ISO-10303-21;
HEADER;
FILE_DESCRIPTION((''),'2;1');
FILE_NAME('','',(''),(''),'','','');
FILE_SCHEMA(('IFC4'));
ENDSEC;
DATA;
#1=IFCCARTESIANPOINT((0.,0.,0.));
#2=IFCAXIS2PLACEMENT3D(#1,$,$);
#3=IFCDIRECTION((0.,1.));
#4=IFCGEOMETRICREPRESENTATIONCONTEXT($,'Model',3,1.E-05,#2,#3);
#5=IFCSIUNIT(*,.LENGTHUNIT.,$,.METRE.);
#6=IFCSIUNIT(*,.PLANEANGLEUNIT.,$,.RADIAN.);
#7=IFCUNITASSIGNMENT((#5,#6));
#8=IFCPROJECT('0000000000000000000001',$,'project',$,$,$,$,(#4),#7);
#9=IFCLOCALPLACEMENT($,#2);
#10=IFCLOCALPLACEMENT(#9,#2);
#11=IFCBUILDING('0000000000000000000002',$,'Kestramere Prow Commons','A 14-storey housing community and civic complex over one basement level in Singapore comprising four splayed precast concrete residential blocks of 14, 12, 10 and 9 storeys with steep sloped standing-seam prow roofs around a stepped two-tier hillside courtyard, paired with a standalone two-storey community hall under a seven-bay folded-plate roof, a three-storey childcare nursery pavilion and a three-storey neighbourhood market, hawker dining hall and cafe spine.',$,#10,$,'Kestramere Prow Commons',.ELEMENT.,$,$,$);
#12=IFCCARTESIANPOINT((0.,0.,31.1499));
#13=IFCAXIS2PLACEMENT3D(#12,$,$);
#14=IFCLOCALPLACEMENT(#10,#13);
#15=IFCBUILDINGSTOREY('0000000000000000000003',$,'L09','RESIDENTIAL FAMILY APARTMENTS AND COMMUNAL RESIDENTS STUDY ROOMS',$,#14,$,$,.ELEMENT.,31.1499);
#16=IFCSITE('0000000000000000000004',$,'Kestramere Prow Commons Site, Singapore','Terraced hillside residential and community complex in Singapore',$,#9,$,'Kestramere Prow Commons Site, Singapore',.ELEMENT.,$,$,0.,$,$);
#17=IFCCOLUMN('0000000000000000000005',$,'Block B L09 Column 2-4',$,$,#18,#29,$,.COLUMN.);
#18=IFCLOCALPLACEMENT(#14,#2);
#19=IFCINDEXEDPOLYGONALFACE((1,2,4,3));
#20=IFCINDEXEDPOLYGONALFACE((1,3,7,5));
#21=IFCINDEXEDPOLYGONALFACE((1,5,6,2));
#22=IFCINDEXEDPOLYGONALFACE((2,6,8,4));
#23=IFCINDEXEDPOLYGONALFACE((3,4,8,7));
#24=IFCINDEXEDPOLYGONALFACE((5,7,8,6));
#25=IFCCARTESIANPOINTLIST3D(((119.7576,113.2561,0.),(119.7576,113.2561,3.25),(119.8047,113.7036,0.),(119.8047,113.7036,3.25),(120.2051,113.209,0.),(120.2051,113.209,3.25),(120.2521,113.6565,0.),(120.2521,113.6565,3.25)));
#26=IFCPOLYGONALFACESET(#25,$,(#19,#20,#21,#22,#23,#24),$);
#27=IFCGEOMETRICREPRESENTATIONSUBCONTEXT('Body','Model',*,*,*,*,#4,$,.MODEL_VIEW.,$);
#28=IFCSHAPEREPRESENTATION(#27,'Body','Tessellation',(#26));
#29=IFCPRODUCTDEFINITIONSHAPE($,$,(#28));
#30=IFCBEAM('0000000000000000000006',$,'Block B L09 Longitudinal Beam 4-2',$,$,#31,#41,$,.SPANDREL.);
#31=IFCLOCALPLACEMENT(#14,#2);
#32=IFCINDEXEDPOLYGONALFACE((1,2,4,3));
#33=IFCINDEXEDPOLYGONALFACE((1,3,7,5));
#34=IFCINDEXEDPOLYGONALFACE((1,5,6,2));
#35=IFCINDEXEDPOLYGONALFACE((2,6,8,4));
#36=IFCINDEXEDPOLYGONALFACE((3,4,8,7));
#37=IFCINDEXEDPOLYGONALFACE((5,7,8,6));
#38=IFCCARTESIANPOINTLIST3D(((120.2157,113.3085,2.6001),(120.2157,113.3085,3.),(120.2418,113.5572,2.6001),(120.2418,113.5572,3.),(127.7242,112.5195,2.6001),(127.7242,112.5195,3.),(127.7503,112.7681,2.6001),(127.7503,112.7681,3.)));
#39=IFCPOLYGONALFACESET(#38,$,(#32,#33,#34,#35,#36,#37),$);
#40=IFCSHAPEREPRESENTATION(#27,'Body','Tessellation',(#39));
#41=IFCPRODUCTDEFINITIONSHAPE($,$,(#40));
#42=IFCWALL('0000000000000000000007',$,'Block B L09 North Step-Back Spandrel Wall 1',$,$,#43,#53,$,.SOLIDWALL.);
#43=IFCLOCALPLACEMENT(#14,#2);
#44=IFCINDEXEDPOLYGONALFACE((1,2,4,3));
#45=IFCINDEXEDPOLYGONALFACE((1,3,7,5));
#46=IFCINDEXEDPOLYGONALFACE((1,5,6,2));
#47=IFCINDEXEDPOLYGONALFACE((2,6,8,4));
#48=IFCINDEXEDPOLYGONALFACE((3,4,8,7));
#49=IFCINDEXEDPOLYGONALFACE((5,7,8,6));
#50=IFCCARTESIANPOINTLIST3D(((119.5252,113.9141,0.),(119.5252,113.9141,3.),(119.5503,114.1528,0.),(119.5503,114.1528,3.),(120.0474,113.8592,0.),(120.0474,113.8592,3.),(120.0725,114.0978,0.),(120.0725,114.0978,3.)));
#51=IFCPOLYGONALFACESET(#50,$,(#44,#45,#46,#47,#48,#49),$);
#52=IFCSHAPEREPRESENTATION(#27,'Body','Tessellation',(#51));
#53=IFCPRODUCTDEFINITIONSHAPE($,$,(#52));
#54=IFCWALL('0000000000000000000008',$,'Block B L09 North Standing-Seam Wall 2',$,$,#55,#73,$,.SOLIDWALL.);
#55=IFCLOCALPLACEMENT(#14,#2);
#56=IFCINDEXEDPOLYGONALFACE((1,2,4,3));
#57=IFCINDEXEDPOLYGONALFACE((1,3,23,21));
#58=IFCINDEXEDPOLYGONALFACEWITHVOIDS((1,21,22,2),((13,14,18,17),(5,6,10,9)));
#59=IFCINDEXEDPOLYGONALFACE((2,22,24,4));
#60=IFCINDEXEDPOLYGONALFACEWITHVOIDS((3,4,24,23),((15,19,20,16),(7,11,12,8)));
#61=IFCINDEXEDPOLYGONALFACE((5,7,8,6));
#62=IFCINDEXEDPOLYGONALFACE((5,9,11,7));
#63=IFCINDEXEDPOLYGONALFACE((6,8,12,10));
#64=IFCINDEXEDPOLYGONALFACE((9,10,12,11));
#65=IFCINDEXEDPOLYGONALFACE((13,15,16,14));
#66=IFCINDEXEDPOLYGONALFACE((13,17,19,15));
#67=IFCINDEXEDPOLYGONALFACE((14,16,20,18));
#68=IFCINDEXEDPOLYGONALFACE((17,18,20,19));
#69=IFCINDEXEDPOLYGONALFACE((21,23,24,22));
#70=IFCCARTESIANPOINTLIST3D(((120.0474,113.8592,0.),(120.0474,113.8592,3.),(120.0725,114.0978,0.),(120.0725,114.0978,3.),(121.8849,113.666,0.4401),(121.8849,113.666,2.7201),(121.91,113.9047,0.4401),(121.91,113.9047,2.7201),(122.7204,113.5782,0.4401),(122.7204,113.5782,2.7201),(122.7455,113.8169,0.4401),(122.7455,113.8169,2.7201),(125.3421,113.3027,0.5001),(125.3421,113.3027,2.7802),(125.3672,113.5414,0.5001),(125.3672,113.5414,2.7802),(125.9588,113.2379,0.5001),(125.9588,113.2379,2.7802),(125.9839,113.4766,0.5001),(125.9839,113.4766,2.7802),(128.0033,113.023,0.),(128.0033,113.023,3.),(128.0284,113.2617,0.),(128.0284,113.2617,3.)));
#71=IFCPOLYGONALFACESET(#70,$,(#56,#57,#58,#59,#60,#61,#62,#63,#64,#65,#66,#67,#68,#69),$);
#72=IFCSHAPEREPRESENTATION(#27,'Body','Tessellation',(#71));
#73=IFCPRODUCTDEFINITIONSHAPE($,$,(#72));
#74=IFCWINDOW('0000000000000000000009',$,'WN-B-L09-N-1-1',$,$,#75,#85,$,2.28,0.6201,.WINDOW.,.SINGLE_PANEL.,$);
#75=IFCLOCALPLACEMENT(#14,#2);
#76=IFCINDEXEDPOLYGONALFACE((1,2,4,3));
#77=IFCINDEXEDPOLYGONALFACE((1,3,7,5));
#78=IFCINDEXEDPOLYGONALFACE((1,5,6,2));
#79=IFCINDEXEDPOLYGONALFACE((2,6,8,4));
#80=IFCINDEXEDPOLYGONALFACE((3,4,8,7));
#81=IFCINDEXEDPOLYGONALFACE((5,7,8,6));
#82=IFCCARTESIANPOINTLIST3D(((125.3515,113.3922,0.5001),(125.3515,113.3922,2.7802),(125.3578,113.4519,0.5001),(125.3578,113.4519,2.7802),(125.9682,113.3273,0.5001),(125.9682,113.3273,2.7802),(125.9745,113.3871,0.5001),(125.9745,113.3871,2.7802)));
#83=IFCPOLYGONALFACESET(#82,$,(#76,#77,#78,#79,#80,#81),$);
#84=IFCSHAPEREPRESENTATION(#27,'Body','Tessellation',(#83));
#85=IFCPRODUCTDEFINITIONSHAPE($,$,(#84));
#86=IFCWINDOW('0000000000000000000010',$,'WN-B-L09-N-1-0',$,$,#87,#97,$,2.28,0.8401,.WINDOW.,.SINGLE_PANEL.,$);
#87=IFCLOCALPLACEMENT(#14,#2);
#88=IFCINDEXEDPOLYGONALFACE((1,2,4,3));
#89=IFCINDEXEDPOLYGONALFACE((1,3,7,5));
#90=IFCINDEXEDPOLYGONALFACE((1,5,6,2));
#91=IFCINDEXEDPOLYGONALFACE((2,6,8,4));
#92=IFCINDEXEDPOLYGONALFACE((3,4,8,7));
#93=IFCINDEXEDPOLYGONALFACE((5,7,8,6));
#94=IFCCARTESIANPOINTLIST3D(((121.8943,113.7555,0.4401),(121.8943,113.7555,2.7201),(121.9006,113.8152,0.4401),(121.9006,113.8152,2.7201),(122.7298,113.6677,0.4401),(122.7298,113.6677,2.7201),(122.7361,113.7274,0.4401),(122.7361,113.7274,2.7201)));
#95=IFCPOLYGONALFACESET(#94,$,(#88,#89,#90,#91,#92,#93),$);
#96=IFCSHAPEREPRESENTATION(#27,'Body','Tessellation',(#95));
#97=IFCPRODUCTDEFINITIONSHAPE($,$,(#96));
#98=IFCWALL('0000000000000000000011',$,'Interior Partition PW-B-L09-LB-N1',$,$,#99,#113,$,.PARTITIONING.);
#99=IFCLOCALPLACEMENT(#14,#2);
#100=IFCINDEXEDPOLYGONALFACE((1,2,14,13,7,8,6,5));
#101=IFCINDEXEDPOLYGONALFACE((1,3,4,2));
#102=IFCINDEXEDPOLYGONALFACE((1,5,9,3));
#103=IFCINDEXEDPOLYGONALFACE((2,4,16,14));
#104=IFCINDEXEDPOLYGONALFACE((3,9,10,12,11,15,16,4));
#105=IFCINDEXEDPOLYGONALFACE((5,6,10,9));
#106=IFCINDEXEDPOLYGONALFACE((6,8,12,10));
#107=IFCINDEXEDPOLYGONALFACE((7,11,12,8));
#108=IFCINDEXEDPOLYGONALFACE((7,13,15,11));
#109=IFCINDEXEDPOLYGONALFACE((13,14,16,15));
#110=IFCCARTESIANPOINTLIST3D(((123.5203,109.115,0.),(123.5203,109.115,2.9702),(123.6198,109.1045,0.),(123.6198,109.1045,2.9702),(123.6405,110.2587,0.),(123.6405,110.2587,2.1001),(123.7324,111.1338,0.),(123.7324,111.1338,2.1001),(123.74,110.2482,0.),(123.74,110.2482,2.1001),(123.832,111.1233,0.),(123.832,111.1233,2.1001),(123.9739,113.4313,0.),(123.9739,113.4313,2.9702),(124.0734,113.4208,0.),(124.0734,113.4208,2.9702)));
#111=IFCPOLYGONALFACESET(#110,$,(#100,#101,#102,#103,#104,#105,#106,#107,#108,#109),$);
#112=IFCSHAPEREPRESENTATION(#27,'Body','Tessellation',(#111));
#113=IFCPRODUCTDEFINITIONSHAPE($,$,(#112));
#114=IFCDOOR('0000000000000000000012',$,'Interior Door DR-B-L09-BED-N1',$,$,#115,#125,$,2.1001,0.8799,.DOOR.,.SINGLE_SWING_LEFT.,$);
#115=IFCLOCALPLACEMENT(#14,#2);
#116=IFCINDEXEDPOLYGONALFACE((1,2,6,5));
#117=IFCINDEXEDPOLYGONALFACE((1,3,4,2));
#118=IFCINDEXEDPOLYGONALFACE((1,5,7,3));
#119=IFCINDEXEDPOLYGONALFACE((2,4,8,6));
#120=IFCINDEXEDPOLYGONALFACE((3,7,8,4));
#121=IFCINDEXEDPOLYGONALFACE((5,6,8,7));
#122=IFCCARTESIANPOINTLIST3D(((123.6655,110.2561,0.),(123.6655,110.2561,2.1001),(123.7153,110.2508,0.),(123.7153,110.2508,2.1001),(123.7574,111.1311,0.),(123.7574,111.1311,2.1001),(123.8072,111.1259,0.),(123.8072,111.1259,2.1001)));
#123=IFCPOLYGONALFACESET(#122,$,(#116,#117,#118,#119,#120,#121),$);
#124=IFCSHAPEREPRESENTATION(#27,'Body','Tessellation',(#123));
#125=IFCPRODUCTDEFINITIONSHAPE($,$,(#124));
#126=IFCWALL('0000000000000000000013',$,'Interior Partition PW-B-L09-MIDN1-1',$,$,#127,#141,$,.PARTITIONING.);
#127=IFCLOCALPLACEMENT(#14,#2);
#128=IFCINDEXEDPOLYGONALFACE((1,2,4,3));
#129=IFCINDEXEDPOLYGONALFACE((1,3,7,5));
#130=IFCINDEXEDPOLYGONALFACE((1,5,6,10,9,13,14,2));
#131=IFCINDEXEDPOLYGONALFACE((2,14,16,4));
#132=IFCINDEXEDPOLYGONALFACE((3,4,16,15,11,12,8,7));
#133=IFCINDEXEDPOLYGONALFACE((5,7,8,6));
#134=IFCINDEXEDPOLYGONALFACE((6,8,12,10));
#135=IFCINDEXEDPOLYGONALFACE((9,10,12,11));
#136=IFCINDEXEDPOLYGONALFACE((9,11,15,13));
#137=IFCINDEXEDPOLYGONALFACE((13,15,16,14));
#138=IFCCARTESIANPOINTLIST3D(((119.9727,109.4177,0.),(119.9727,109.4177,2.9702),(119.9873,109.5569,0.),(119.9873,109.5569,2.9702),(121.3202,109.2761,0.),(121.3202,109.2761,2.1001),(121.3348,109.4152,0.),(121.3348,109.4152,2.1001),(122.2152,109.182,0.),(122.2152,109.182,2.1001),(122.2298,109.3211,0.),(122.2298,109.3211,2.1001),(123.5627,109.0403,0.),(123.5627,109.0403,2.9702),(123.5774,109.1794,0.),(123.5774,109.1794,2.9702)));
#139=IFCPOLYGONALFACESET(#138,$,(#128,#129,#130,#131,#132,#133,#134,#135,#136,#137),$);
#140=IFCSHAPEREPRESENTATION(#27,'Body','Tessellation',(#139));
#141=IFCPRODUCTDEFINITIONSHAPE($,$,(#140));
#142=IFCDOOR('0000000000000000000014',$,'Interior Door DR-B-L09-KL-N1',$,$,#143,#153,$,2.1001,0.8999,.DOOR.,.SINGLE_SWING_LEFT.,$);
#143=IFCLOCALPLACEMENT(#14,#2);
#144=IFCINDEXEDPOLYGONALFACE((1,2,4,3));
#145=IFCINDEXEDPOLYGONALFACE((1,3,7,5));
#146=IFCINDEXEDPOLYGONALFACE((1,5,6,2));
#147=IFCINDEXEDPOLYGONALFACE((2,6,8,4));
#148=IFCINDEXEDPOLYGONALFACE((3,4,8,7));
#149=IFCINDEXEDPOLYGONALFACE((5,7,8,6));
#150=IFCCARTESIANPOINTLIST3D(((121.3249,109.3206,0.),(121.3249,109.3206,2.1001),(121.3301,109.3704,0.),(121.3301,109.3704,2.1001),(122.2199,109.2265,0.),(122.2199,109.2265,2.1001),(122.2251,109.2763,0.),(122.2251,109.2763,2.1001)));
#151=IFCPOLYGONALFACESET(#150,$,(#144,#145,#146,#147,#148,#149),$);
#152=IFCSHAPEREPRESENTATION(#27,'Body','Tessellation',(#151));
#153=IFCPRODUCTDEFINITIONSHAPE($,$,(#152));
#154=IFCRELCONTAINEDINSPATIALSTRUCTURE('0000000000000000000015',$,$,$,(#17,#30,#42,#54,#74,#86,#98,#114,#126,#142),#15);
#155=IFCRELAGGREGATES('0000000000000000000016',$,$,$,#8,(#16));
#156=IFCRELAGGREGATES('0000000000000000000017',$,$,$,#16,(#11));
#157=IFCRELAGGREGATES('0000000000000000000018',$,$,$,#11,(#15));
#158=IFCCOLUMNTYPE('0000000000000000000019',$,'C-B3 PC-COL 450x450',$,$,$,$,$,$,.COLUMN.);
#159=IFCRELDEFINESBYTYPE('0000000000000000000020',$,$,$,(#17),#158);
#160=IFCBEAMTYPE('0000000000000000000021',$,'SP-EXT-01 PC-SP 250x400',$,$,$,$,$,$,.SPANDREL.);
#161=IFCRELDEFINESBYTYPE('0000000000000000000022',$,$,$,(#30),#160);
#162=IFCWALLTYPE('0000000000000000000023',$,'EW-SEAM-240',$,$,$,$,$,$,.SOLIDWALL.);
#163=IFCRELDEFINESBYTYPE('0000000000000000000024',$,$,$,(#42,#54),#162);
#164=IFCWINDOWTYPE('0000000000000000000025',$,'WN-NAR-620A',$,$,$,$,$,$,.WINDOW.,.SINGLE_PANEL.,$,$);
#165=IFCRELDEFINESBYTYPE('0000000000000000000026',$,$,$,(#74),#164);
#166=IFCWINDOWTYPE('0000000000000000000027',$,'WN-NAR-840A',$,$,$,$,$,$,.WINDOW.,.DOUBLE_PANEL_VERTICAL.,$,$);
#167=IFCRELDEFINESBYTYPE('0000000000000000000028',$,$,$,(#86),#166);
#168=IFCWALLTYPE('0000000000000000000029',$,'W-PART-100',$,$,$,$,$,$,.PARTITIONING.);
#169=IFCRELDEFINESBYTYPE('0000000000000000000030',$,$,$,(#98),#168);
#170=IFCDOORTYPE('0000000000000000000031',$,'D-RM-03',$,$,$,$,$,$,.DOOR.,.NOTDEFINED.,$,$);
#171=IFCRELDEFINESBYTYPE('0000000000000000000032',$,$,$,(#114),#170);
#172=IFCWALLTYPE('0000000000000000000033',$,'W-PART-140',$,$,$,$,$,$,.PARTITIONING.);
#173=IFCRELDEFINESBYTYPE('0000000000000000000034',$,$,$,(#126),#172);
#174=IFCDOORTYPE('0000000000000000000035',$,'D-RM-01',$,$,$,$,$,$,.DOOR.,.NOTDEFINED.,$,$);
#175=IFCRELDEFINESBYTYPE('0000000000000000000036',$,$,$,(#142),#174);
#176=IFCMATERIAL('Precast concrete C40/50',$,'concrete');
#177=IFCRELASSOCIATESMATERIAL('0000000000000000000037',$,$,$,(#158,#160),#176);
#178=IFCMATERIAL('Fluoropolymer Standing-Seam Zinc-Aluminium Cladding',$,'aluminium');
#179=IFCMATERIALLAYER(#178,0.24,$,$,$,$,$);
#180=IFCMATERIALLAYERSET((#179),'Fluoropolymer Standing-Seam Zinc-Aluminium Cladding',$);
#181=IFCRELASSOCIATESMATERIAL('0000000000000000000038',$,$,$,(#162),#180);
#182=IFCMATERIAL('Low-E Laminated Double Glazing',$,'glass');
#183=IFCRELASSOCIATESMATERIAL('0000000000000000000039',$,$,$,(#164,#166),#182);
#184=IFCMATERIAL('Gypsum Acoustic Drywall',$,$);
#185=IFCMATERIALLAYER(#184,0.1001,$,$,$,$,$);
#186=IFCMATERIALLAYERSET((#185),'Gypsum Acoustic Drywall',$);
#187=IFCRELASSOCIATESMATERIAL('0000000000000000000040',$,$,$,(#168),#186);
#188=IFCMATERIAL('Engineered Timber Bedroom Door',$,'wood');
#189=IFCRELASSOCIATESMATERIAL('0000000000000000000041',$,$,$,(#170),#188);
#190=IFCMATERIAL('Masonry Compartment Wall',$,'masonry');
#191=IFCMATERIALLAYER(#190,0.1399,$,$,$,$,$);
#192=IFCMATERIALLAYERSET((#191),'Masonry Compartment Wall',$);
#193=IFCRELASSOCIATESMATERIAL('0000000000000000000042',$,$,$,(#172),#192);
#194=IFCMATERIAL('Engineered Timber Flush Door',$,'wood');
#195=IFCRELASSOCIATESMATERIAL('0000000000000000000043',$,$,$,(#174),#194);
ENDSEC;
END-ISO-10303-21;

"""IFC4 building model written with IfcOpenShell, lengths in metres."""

from ifc_helpers import new_model, si_unit, direction, frame, frame_2d, origin, origin_2d, place, context, subcontext, project, spatial, rectangle, extrude, material, layer, layer_set, material_profile, profile_set, type_object, element, fill, save


model = new_model("IFC4")

# Units and contexts
model_context = context("Model", 3, precision=1e-05, world=origin(), true_north=direction((0.0, 1.0)))
body_context = subcontext(model_context, "Body", "Model", "MODEL_VIEW")
ifc_project = project(units=[si_unit("LENGTHUNIT", "METRE"), si_unit("PLANEANGLEUNIT", "RADIAN")], contexts=[model_context])

# Site, building, storey
site_placement = place(None, origin())
site = spatial("IfcSite", under=ifc_project, at=site_placement, Name="Kestramere Prow Commons Site, Singapore", Description="Terraced hillside residential and community complex in Singapore", LongName="Kestramere Prow Commons Site, Singapore", CompositionType="ELEMENT", RefElevation=0.0)
building_placement = place(site_placement, origin())
building = spatial("IfcBuilding", under=site, at=building_placement, Name="Kestramere Prow Commons", Description="A 14-storey housing community and civic complex over one basement level in Singapore comprising four splayed precast concrete residential blocks of 14, 12, 10 and 9 storeys with steep sloped standing-seam prow roofs around a stepped two-tier hillside courtyard, paired with a standalone two-storey community hall under a seven-bay folded-plate roof, a three-storey childcare nursery pavilion and a three-storey neighbourhood market, hawker dining hall and cafe spine.", LongName="Kestramere Prow Commons", CompositionType="ELEMENT")
storey_placement = place(building_placement, frame((0.0, 0.0, 31.1499)))
storey = spatial("IfcBuildingStorey", under=building, at=storey_placement, Name="L09", Description="RESIDENTIAL FAMILY APARTMENTS AND COMMUNAL RESIDENTS STUDY ROOMS", CompositionType="ELEMENT", Elevation=31.1499)

# Column
ifc_material_1 = material(Name="Precast concrete C40/50", Category="concrete")
ifc_material_profile_1 = material_profile(ifc_material_1, rectangle(XDim=0.45, YDim=0.45, at=origin_2d()), Name="PC-COL 450x450")
ifc_profile_set_1 = profile_set([ifc_material_profile_1], Name="Precast concrete C40/50")
column_type = type_object("IfcColumnType", Name="C-B3 PC-COL 450x450", PredefinedType="COLUMN", material=ifc_profile_set_1)
column_placement = place(storey_placement, frame((120.0049, 113.4563, 0.0), z_axis=(0.0, 0.0, 1.0), x_axis=(0.994522, -0.104528, 0.0)))
element("IfcColumn", 1, at=column_placement, inside=storey, type_object=column_type, Name="Block B L09 Column 2-4", PredefinedType="COLUMN", context=body_context, shape_type="SweptSolid", body=[
    extrude(rectangle(XDim=0.45, YDim=0.45, at=origin_2d()), origin(), (0.0, 0.0, 1.0), 3.25),
])

# Beam
ifc_material_profile_2 = material_profile(ifc_material_1, rectangle(XDim=0.25, YDim=0.3999, at=origin_2d()), Name="PC-SP 250x400")
ifc_profile_set_2 = profile_set([ifc_material_profile_2], Name="Precast concrete C40/50")
beam_type = type_object("IfcBeamType", Name="SP-EXT-01 PC-SP 250x400", PredefinedType="SPANDREL", material=ifc_profile_set_2)
beam_placement = place(storey_placement, frame((120.2288, 113.4329, 2.8), z_axis=(0.994524, -0.104513, 0.0), x_axis=(0.104513, 0.994524, 0.0)))
element("IfcBeam", 2, at=beam_placement, inside=storey, type_object=beam_type, Name="Block B L09 Longitudinal Beam 4-2", PredefinedType="SPANDREL", context=body_context, shape_type="SweptSolid", body=[
    extrude(rectangle(XDim=0.25, YDim=0.3999, at=origin_2d()), origin(), (0.0, 0.0, 1.0), 7.5498),
])

# Wall
ifc_material_2 = material(Name="Fluoropolymer Standing-Seam Zinc-Aluminium Cladding", Category="aluminium")
ifc_layer_1 = layer(ifc_material_2, 0.24)
ifc_layer_set_1 = layer_set([ifc_layer_1], Name="Fluoropolymer Standing-Seam Zinc-Aluminium Cladding")
wall_type_1 = type_object("IfcWallType", Name="EW-SEAM-240", PredefinedType="SOLIDWALL", material=ifc_layer_set_1)
wall_1_placement = place(storey_placement, frame((119.5376, 114.0334, 0.0), z_axis=(0.0, 0.0, 1.0), x_axis=(0.994513, -0.104612, 0.0)))
element("IfcWall", 3, at=wall_1_placement, inside=storey, type_object=wall_type_1, Name="Block B L09 North Step-Back Spandrel Wall 1", PredefinedType="SOLIDWALL", context=body_context, shape_type="SweptSolid", body=[
    extrude(rectangle(XDim=0.5251, YDim=0.24, at=frame_2d((0.2627, 0.0))), origin(), (0.0, 0.0, 1.0), 3.0),
])

# Wall, openings, windows
wall_2_placement = place(storey_placement, frame((120.0598, 113.9785, 0.0), z_axis=(0.0, 0.0, 1.0), x_axis=(0.994522, -0.104524, 0.0)))
wall_2 = element("IfcWall", 4, at=wall_2_placement, inside=storey, type_object=wall_type_1, Name="Block B L09 North Standing-Seam Wall 2", PredefinedType="SOLIDWALL", context=body_context, shape_type="SweptSolid", body=[
    extrude(rectangle(XDim=7.9998, YDim=0.24, at=frame_2d((4.0, 0.0))), origin(), (0.0, 0.0, 1.0), 3.0),
])
opening_1_placement = place(wall_2_placement, frame((1.8479, 0.0, 0.4399)))
opening_1 = element("IfcOpeningElement", 5, at=opening_1_placement, cuts=wall_2, PredefinedType="OPENING", context=body_context, shape_type="SweptSolid", body=[
    extrude(rectangle(XDim=0.8401, YDim=2.28, at=frame_2d((0.4199, 1.1401))), frame((0.0, 0.135, 0.0), z_axis=(0.0, -1.0, 0.0), x_axis=(1.0, 0.0, 0.0)), (0.0, 0.0, 1.0), 0.27),
])
opening_2_placement = place(wall_2_placement, frame((5.324, 0.0, 0.5)))
opening_2 = element("IfcOpeningElement", 6, at=opening_2_placement, cuts=wall_2, PredefinedType="OPENING", context=body_context, shape_type="SweptSolid", body=[
    extrude(rectangle(XDim=0.6201, YDim=2.28, at=frame_2d((0.3101, 1.1401))), frame((0.0, 0.135, 0.0), z_axis=(0.0, -1.0, 0.0), x_axis=(1.0, 0.0, 0.0)), (0.0, 0.0, 1.0), 0.27),
])
ifc_material_3 = material(Name="Low-E Laminated Double Glazing", Category="glass")
window_type_1 = type_object("IfcWindowType", Name="WN-NAR-620A", PartitioningType="SINGLE_PANEL", PredefinedType="WINDOW", material=ifc_material_3)
window_1_placement = place(opening_2_placement, origin())
window_1 = element("IfcWindow", 7, at=window_1_placement, inside=storey, type_object=window_type_1, Name="WN-B-L09-N-1-1", OverallHeight=2.28, OverallWidth=0.6201, PartitioningType="SINGLE_PANEL", PredefinedType="WINDOW", context=body_context, shape_type="SweptSolid", body=[
    extrude(rectangle(XDim=0.6201, YDim=2.28, at=frame_2d((0.3101, 1.1401))), frame((0.0, 0.03, 0.0), z_axis=(0.0, -1.0, 0.0), x_axis=(1.0, 0.0, 0.0)), (0.0, 0.0, 1.0), 0.0601),
])
fill(opening_2, window_1)
window_type_2 = type_object("IfcWindowType", Name="WN-NAR-840A", PartitioningType="DOUBLE_PANEL_VERTICAL", PredefinedType="WINDOW", material=ifc_material_3)
window_2_placement = place(opening_1_placement, origin())
window_2 = element("IfcWindow", 8, at=window_2_placement, inside=storey, type_object=window_type_2, Name="WN-B-L09-N-1-0", OverallHeight=2.28, OverallWidth=0.8401, PartitioningType="SINGLE_PANEL", PredefinedType="WINDOW", context=body_context, shape_type="SweptSolid", body=[
    extrude(rectangle(XDim=0.8401, YDim=2.28, at=frame_2d((0.4199, 1.1401))), frame((0.0, 0.03, 0.0), z_axis=(0.0, -1.0, 0.0), x_axis=(1.0, 0.0, 0.0)), (0.0, 0.0, 1.0), 0.0601),
])
fill(opening_1, window_2)

# Walls, openings, doors
ifc_material_4 = material(Name="Gypsum Acoustic Drywall")
ifc_layer_2 = layer(ifc_material_4, 0.1001)
ifc_layer_set_2 = layer_set([ifc_layer_2], Name="Gypsum Acoustic Drywall")
wall_type_2 = type_object("IfcWallType", Name="W-PART-100", PredefinedType="PARTITIONING", material=ifc_layer_set_2)
wall_3_placement = place(storey_placement, frame((123.5701, 109.1099, 0.0), z_axis=(0.0, 0.0, 1.0), x_axis=(0.104515, 0.994523, 0.0)))
wall_3 = element("IfcWall", 9, at=wall_3_placement, inside=storey, type_object=wall_type_2, Name="Interior Partition PW-B-L09-LB-N1", PredefinedType="PARTITIONING", context=body_context, shape_type="SweptSolid", body=[
    extrude(rectangle(XDim=4.3401, YDim=0.1001, at=frame_2d((2.1699, 0.0))), origin(), (0.0, 0.0, 1.0), 2.9702),
])
opening_3_placement = place(wall_3_placement, frame((1.1499, 0.0, 0.0)))
opening_3 = element("IfcOpeningElement", 10, at=opening_3_placement, cuts=wall_3, PredefinedType="OPENING", context=body_context, shape_type="SweptSolid", body=[
    extrude(rectangle(XDim=0.8799, YDim=2.1001, at=frame_2d((0.4399, 1.05))), frame((0.0, 0.0649, 0.0), z_axis=(0.0, -1.0, 0.0), x_axis=(1.0, 0.0, 0.0)), (0.0, 0.0, 1.0), 0.1301),
])
ifc_material_5 = material(Name="Engineered Timber Bedroom Door", Category="wood")
door_type_1 = type_object("IfcDoorType", Name="D-RM-03", OperationType="NOTDEFINED", PredefinedType="DOOR", material=ifc_material_5)
door_1_placement = place(opening_3_placement, origin())
door_1 = element("IfcDoor", 11, at=door_1_placement, inside=storey, type_object=door_type_1, Name="Interior Door DR-B-L09-BED-N1", OperationType="SINGLE_SWING_LEFT", OverallHeight=2.1001, OverallWidth=0.8799, PredefinedType="DOOR", context=body_context, shape_type="SweptSolid", body=[
    extrude(rectangle(XDim=0.8799, YDim=2.1001, at=frame_2d((0.4399, 1.05))), frame((0.0, 0.0249, 0.0), z_axis=(0.0, -1.0, 0.0), x_axis=(1.0, 0.0, 0.0)), (0.0, 0.0, 1.0), 0.05),
])
fill(opening_3, door_1)
ifc_material_6 = material(Name="Masonry Compartment Wall", Category="masonry")
ifc_layer_3 = layer(ifc_material_6, 0.1399)
ifc_layer_set_3 = layer_set([ifc_layer_3], Name="Masonry Compartment Wall")
wall_type_3 = type_object("IfcWallType", Name="W-PART-140", PredefinedType="PARTITIONING", material=ifc_layer_set_3)
wall_4_placement = place(storey_placement, frame((119.98, 109.4873, 0.0), z_axis=(0.0, 0.0, 1.0), x_axis=(0.994519, -0.104558, 0.0)))
wall_4 = element("IfcWall", 12, at=wall_4_placement, inside=storey, type_object=wall_type_3, Name="Interior Partition PW-B-L09-MIDN1-1", PredefinedType="PARTITIONING", context=body_context, shape_type="SweptSolid", body=[
    extrude(rectangle(XDim=3.6099, YDim=0.1399, at=frame_2d((1.8049, 0.0))), origin(), (0.0, 0.0, 1.0), 2.9702),
])
opening_4_placement = place(wall_4_placement, frame((1.355, 0.0, 0.0)))
opening_4 = element("IfcOpeningElement", 13, at=opening_4_placement, cuts=wall_4, PredefinedType="OPENING", context=body_context, shape_type="SweptSolid", body=[
    extrude(rectangle(XDim=0.8999, YDim=2.1001, at=frame_2d((0.45, 1.05))), frame((0.0, 0.085, 0.0), z_axis=(0.0, -1.0, 0.0), x_axis=(1.0, 0.0, 0.0)), (0.0, 0.0, 1.0), 0.1699),
])
ifc_material_7 = material(Name="Engineered Timber Flush Door", Category="wood")
door_type_2 = type_object("IfcDoorType", Name="D-RM-01", OperationType="NOTDEFINED", PredefinedType="DOOR", material=ifc_material_7)
door_2_placement = place(opening_4_placement, origin())
door_2 = element("IfcDoor", 14, at=door_2_placement, inside=storey, type_object=door_type_2, Name="Interior Door DR-B-L09-KL-N1", OperationType="SINGLE_SWING_LEFT", OverallHeight=2.1001, OverallWidth=0.8999, PredefinedType="DOOR", context=body_context, shape_type="SweptSolid", body=[
    extrude(rectangle(XDim=0.8999, YDim=2.1001, at=frame_2d((0.45, 1.05))), frame((0.0, 0.0249, 0.0), z_axis=(0.0, -1.0, 0.0), x_axis=(1.0, 0.0, 0.0)), (0.0, 0.0, 1.0), 0.05),
])
fill(opening_4, door_2)

save(model, "model.ifc")
